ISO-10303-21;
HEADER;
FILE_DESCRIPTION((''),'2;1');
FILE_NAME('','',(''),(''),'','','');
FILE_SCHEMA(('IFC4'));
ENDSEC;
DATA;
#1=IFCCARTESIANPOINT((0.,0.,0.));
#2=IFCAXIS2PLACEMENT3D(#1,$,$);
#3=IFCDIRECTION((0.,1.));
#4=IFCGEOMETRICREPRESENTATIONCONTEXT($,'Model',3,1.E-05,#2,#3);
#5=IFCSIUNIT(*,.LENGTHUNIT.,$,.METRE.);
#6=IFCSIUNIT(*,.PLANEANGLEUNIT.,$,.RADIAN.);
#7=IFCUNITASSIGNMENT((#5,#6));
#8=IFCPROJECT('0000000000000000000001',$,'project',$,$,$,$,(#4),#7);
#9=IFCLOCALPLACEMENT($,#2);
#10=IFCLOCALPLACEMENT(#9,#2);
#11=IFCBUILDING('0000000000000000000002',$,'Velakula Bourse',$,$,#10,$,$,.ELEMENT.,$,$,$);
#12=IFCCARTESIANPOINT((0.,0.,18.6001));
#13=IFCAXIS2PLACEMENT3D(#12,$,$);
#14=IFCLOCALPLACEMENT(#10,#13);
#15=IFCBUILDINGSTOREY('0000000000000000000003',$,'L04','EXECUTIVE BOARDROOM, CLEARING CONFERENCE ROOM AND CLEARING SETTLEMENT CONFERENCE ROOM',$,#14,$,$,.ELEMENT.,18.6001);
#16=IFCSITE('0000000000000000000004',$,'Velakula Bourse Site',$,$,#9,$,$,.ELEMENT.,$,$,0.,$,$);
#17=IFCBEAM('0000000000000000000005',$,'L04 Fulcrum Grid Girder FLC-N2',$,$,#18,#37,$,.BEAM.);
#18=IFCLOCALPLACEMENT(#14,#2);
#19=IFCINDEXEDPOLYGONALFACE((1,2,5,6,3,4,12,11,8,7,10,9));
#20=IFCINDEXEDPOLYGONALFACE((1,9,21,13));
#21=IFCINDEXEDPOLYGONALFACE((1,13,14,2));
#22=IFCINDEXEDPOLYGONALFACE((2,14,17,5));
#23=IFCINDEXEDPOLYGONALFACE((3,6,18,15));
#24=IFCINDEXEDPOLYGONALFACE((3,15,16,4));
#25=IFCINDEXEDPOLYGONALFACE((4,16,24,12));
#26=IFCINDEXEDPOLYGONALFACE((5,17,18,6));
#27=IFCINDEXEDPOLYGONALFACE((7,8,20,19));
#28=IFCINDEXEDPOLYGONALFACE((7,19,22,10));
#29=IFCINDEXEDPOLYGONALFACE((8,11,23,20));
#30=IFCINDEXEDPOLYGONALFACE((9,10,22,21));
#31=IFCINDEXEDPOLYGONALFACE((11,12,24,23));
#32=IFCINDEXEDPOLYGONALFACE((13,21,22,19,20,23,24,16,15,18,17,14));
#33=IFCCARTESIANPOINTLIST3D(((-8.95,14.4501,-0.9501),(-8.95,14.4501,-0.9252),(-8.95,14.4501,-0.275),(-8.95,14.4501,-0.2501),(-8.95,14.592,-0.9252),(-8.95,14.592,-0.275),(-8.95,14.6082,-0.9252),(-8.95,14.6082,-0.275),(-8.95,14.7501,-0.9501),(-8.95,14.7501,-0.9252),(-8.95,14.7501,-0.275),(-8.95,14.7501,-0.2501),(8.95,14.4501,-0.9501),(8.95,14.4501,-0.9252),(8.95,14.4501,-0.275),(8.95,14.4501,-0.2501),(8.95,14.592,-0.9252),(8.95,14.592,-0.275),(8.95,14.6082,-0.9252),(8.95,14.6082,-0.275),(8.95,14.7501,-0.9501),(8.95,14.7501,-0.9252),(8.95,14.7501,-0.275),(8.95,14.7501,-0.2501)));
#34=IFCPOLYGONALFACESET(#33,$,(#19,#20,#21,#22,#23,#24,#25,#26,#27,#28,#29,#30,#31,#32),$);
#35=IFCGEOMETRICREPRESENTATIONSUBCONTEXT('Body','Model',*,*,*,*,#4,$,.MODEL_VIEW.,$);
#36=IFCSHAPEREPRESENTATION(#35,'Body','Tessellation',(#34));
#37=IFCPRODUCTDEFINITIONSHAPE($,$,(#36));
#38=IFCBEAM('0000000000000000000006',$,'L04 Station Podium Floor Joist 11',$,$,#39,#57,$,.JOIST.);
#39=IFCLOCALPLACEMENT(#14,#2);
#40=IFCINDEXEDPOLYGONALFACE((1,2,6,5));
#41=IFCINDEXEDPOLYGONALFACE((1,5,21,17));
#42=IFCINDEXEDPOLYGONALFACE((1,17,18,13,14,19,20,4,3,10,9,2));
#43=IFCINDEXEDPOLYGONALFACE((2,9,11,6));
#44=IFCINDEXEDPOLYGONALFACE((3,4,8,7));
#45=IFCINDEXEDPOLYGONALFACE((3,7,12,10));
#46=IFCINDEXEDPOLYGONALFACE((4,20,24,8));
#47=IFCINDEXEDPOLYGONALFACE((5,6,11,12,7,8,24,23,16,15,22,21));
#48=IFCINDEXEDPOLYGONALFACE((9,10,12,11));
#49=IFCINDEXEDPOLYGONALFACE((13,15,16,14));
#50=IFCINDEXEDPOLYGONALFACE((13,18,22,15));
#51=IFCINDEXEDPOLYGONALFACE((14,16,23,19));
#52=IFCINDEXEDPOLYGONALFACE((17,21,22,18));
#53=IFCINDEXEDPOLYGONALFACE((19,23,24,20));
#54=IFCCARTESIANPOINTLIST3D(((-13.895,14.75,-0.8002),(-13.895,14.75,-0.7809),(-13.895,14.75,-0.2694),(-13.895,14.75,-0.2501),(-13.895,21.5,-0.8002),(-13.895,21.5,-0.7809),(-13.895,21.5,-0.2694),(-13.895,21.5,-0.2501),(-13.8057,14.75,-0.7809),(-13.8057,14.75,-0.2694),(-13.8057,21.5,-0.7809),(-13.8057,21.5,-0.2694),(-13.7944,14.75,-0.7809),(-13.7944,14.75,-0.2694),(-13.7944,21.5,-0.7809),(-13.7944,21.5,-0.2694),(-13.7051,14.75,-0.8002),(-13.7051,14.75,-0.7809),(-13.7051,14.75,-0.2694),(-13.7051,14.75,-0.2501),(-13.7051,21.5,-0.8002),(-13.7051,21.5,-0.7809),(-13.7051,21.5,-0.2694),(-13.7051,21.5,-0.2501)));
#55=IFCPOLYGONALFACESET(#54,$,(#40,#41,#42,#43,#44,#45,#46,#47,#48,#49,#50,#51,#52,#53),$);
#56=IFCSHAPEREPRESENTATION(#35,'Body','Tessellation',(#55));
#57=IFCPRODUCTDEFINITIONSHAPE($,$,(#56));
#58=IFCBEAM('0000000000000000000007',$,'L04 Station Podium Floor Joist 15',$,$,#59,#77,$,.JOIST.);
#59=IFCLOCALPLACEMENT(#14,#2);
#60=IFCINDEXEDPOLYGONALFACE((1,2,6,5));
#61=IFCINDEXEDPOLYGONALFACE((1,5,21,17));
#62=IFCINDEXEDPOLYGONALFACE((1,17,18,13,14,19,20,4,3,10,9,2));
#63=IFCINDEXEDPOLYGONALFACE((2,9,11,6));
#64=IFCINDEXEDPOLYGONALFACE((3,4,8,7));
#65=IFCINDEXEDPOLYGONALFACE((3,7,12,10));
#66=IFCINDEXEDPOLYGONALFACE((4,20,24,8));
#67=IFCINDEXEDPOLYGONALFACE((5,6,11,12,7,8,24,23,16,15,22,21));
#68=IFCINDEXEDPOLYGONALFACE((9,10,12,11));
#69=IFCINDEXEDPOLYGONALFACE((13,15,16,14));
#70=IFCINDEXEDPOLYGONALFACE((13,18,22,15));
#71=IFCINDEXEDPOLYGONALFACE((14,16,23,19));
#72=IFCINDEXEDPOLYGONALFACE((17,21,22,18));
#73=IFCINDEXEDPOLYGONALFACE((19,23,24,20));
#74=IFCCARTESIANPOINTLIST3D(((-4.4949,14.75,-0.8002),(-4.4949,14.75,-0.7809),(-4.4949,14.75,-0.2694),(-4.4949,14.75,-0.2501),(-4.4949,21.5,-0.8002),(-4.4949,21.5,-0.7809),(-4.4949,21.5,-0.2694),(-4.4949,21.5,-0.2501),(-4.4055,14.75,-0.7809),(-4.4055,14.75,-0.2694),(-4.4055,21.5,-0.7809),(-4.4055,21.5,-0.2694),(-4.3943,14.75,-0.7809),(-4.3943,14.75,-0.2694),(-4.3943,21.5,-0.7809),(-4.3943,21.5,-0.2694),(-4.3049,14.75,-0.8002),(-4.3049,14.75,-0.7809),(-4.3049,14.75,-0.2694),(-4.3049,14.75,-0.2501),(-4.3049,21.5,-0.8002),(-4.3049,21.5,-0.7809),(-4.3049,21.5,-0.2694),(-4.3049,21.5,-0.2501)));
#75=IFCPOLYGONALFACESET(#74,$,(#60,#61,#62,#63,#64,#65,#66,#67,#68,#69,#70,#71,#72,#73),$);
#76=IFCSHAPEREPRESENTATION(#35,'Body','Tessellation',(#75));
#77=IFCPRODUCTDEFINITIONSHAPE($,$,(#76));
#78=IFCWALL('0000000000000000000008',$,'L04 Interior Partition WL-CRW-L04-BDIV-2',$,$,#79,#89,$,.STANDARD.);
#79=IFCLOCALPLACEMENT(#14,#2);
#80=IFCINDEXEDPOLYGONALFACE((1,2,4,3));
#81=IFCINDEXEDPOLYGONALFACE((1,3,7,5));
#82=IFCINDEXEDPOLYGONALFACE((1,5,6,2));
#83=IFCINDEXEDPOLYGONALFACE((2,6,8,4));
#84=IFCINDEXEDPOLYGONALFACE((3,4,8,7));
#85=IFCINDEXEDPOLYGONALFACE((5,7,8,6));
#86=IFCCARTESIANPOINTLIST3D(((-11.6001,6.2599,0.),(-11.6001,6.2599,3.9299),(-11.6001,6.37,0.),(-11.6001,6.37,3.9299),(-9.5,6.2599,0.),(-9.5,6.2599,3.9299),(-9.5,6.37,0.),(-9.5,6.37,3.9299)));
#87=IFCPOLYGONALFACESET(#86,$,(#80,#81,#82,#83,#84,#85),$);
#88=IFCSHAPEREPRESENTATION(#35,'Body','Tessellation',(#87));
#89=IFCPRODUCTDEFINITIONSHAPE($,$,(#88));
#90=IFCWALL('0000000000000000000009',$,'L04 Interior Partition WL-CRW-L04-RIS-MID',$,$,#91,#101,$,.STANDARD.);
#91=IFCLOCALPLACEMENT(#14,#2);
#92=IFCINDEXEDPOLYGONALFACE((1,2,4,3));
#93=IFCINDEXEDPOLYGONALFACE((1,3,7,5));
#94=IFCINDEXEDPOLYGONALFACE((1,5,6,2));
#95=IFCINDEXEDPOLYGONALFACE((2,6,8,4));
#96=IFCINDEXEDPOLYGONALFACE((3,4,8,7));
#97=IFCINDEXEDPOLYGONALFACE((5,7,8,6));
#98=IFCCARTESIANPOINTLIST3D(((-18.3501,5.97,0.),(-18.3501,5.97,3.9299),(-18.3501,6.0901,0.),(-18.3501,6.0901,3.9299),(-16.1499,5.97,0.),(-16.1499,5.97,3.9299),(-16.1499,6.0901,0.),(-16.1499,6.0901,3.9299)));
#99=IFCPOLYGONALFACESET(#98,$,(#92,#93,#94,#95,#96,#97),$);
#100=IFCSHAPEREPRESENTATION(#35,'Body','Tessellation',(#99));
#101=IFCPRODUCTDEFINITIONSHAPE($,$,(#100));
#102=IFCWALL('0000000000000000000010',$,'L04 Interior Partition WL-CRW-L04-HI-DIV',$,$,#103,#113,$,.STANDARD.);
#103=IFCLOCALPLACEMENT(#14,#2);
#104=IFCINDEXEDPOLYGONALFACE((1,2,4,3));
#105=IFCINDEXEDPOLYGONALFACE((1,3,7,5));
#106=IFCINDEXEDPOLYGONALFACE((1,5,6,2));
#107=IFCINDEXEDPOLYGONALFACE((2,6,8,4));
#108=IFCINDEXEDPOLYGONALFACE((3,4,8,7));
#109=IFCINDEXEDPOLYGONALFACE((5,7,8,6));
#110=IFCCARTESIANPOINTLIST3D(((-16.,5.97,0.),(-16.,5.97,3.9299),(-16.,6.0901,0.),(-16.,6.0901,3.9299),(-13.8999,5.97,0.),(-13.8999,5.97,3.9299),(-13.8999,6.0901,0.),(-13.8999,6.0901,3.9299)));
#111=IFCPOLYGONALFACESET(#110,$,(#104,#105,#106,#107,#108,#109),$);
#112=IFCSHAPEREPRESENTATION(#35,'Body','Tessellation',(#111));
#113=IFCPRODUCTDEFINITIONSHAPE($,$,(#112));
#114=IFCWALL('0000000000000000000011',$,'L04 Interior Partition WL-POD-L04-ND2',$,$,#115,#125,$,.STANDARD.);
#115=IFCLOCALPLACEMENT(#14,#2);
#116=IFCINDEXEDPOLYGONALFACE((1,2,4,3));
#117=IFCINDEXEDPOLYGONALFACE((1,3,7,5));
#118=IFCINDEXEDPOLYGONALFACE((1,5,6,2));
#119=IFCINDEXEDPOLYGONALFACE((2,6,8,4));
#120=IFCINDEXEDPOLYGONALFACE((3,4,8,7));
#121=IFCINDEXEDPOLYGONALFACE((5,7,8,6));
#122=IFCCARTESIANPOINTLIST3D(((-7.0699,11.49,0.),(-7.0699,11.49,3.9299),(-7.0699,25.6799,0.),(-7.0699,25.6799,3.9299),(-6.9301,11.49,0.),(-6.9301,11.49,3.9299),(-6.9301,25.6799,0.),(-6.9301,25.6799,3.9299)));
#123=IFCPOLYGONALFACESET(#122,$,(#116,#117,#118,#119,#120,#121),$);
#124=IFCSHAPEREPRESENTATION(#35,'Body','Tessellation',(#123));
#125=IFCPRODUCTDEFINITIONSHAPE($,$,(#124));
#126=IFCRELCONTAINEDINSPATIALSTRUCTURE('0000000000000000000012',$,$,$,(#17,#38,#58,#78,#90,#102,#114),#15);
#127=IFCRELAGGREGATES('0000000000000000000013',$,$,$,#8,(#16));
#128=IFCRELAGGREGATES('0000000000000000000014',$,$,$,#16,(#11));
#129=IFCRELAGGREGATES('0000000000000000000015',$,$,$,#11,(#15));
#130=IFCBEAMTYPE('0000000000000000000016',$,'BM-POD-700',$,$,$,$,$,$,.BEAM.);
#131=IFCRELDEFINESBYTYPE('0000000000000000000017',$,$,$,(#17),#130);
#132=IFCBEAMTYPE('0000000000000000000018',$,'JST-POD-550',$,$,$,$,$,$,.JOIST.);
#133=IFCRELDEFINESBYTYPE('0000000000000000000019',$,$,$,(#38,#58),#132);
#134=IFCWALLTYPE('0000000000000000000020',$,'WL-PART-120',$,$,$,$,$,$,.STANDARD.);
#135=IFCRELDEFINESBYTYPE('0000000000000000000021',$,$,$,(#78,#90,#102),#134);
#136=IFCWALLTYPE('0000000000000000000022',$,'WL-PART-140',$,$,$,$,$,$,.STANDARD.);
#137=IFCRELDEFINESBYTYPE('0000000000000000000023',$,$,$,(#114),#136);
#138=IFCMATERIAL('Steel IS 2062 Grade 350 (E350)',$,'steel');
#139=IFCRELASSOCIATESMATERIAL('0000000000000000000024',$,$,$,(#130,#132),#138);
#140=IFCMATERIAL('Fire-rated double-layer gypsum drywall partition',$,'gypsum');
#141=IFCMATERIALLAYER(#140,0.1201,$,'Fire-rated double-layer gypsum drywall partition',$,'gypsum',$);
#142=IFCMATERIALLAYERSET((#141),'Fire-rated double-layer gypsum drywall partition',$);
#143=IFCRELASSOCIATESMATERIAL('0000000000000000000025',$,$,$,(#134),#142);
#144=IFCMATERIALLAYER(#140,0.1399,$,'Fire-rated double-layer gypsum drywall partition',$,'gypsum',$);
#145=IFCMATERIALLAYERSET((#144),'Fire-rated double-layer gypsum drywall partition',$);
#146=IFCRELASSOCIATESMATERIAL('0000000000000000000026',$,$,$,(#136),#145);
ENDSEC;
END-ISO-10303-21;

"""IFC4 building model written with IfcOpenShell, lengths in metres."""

from ifc_helpers import new_model, si_unit, direction, frame, frame_2d, origin, origin_2d, place, context, subcontext, project, spatial, rectangle, i_section, extrude, material, layer, layer_set, material_profile, profile_set, type_object, element, save


model = new_model("IFC4")

# Units and contexts
model_context = context("Model", 3, precision=1e-05, world=origin(), true_north=direction((0.0, 1.0)))
body_context = subcontext(model_context, "Body", "Model", "MODEL_VIEW")
ifc_project = project(units=[si_unit("LENGTHUNIT", "METRE"), si_unit("PLANEANGLEUNIT", "RADIAN")], contexts=[model_context])

# Site, building, storey
site_placement = place(None, origin())
site = spatial("IfcSite", under=ifc_project, at=site_placement, Name="Velakula Bourse Site", CompositionType="ELEMENT", RefElevation=0.0)
building_placement = place(site_placement, origin())
building = spatial("IfcBuilding", under=site, at=building_placement, Name="Velakula Bourse", CompositionType="ELEMENT")
storey_placement = place(building_placement, frame((0.0, 0.0, 18.6001)))
storey = spatial("IfcBuildingStorey", under=building, at=storey_placement, Name="L04", Description="EXECUTIVE BOARDROOM, CLEARING CONFERENCE ROOM AND CLEARING SETTLEMENT CONFERENCE ROOM", CompositionType="ELEMENT", Elevation=18.6001)

# Beams
ifc_material_1 = material(Name="Steel IS 2062 Grade 350 (E350)", Category="steel")
ifc_material_profile_1 = material_profile(ifc_material_1, i_section(OverallWidth=0.3, OverallDepth=0.7, WebThickness=0.0161, FlangeThickness=0.0249, at=origin_2d()), Name="Steel IS 2062 Grade 350 (E350)")
ifc_profile_set_1 = profile_set([ifc_material_profile_1], Name="Steel IS 2062 Grade 350 (E350)")
beam_type_1 = type_object("IfcBeamType", Name="BM-POD-700", PredefinedType="BEAM", material=ifc_profile_set_1)
beam_1_placement = place(storey_placement, frame((-8.95, 14.6001, -0.6001), z_axis=(1.0, 0.0, 0.0), x_axis=(0.0, 1.0, 0.0)))
element("IfcBeam", 1, at=beam_1_placement, inside=storey, type_object=beam_type_1, Name="L04 Fulcrum Grid Girder FLC-N2", PredefinedType="BEAM", context=body_context, shape_type="SweptSolid", body=[
    extrude(i_section(OverallWidth=0.3, OverallDepth=0.7, WebThickness=0.0161, FlangeThickness=0.0249, at=origin_2d()), origin(), (0.0, 0.0, 1.0), 17.8999),
])
ifc_material_profile_2 = material_profile(ifc_material_1, i_section(OverallWidth=0.1899, OverallDepth=0.55, WebThickness=0.0112, FlangeThickness=0.0193, at=origin_2d()), Name="Steel IS 2062 Grade 350 (E350)")
ifc_profile_set_2 = profile_set([ifc_material_profile_2], Name="Steel IS 2062 Grade 350 (E350)")
beam_type_2 = type_object("IfcBeamType", Name="JST-POD-550", PredefinedType="JOIST", material=ifc_profile_set_2)
for number, where, z_axis, x_axis, name in (
    (2, (-13.8, 14.75, -0.5251), (0.0, 1.0, 0.0), (-1.0, 0.0, 0.0), "L04 Station Podium Floor Joist 11"),
    (3, (-4.3999, 14.75, -0.5251), (0.0, 1.0, 0.0), (-1.0, 0.0, 0.0), "L04 Station Podium Floor Joist 15"),
):
    element("IfcBeam", number, at=place(storey_placement, frame(where, z_axis=z_axis, x_axis=x_axis)), inside=storey, type_object=beam_type_2, Name=name, PredefinedType="JOIST", context=body_context, shape_type="SweptSolid", body=[
        extrude(i_section(OverallWidth=0.1899, OverallDepth=0.55, WebThickness=0.0112, FlangeThickness=0.0193, at=origin_2d()), origin(), (0.0, 0.0, 1.0), 6.75),
    ])

# Walls
ifc_material_2 = material(Name="Fire-rated double-layer gypsum drywall partition", Category="gypsum")
ifc_layer_1 = layer(ifc_material_2, 0.1201, Name="Fire-rated double-layer gypsum drywall partition", Category="gypsum")
ifc_layer_set_1 = layer_set([ifc_layer_1], Name="Fire-rated double-layer gypsum drywall partition")
wall_type_1 = type_object("IfcWallType", Name="WL-PART-120", PredefinedType="STANDARD", material=ifc_layer_set_1)
wall_1_placement = place(storey_placement, frame((-11.6001, 6.3149, 0.0), z_axis=(0.0, 0.0, 1.0), x_axis=(1.0, 0.0, 0.0)))
element("IfcWall", 4, at=wall_1_placement, inside=storey, type_object=wall_type_1, Name="L04 Interior Partition WL-CRW-L04-BDIV-2", PredefinedType="STANDARD", context=body_context, shape_type="SweptSolid", body=[
    extrude(rectangle(XDim=2.1001, YDim=0.1101, at=frame_2d((1.05, 0.0))), origin(), (0.0, 0.0, 1.0), 3.9299),
])
wall_2_placement = place(storey_placement, frame((-18.3501, 6.03, 0.0), z_axis=(0.0, 0.0, 1.0), x_axis=(1.0, 0.0, 0.0)))
element("IfcWall", 5, at=wall_2_placement, inside=storey, type_object=wall_type_1, Name="L04 Interior Partition WL-CRW-L04-RIS-MID", PredefinedType="STANDARD", context=body_context, shape_type="SweptSolid", body=[
    extrude(rectangle(XDim=2.2002, YDim=0.1201, at=frame_2d((1.1001, 0.0))), origin(), (0.0, 0.0, 1.0), 3.9299),
])
wall_3_placement = place(storey_placement, frame((-16.0, 6.03, 0.0), z_axis=(0.0, 0.0, 1.0), x_axis=(1.0, 0.0, 0.0)))
element("IfcWall", 6, at=wall_3_placement, inside=storey, type_object=wall_type_1, Name="L04 Interior Partition WL-CRW-L04-HI-DIV", PredefinedType="STANDARD", context=body_context, shape_type="SweptSolid", body=[
    extrude(rectangle(XDim=2.1001, YDim=0.1201, at=frame_2d((1.05, 0.0))), origin(), (0.0, 0.0, 1.0), 3.9299),
])
ifc_layer_2 = layer(ifc_material_2, 0.1399, Name="Fire-rated double-layer gypsum drywall partition", Category="gypsum")
ifc_layer_set_2 = layer_set([ifc_layer_2], Name="Fire-rated double-layer gypsum drywall partition")
wall_type_2 = type_object("IfcWallType", Name="WL-PART-140", PredefinedType="STANDARD", material=ifc_layer_set_2)
wall_4_placement = place(storey_placement, frame((-7.0, 11.49, 0.0), z_axis=(0.0, 0.0, 1.0), x_axis=(0.0, 1.0, 0.0)))
element("IfcWall", 7, at=wall_4_placement, inside=storey, type_object=wall_type_2, Name="L04 Interior Partition WL-POD-L04-ND2", PredefinedType="STANDARD", context=body_context, shape_type="SweptSolid", body=[
    extrude(rectangle(XDim=14.1899, YDim=0.1399, at=frame_2d((7.095, 0.0))), origin(), (0.0, 0.0, 1.0), 3.9299),
])

save(model, "model.ifc")
